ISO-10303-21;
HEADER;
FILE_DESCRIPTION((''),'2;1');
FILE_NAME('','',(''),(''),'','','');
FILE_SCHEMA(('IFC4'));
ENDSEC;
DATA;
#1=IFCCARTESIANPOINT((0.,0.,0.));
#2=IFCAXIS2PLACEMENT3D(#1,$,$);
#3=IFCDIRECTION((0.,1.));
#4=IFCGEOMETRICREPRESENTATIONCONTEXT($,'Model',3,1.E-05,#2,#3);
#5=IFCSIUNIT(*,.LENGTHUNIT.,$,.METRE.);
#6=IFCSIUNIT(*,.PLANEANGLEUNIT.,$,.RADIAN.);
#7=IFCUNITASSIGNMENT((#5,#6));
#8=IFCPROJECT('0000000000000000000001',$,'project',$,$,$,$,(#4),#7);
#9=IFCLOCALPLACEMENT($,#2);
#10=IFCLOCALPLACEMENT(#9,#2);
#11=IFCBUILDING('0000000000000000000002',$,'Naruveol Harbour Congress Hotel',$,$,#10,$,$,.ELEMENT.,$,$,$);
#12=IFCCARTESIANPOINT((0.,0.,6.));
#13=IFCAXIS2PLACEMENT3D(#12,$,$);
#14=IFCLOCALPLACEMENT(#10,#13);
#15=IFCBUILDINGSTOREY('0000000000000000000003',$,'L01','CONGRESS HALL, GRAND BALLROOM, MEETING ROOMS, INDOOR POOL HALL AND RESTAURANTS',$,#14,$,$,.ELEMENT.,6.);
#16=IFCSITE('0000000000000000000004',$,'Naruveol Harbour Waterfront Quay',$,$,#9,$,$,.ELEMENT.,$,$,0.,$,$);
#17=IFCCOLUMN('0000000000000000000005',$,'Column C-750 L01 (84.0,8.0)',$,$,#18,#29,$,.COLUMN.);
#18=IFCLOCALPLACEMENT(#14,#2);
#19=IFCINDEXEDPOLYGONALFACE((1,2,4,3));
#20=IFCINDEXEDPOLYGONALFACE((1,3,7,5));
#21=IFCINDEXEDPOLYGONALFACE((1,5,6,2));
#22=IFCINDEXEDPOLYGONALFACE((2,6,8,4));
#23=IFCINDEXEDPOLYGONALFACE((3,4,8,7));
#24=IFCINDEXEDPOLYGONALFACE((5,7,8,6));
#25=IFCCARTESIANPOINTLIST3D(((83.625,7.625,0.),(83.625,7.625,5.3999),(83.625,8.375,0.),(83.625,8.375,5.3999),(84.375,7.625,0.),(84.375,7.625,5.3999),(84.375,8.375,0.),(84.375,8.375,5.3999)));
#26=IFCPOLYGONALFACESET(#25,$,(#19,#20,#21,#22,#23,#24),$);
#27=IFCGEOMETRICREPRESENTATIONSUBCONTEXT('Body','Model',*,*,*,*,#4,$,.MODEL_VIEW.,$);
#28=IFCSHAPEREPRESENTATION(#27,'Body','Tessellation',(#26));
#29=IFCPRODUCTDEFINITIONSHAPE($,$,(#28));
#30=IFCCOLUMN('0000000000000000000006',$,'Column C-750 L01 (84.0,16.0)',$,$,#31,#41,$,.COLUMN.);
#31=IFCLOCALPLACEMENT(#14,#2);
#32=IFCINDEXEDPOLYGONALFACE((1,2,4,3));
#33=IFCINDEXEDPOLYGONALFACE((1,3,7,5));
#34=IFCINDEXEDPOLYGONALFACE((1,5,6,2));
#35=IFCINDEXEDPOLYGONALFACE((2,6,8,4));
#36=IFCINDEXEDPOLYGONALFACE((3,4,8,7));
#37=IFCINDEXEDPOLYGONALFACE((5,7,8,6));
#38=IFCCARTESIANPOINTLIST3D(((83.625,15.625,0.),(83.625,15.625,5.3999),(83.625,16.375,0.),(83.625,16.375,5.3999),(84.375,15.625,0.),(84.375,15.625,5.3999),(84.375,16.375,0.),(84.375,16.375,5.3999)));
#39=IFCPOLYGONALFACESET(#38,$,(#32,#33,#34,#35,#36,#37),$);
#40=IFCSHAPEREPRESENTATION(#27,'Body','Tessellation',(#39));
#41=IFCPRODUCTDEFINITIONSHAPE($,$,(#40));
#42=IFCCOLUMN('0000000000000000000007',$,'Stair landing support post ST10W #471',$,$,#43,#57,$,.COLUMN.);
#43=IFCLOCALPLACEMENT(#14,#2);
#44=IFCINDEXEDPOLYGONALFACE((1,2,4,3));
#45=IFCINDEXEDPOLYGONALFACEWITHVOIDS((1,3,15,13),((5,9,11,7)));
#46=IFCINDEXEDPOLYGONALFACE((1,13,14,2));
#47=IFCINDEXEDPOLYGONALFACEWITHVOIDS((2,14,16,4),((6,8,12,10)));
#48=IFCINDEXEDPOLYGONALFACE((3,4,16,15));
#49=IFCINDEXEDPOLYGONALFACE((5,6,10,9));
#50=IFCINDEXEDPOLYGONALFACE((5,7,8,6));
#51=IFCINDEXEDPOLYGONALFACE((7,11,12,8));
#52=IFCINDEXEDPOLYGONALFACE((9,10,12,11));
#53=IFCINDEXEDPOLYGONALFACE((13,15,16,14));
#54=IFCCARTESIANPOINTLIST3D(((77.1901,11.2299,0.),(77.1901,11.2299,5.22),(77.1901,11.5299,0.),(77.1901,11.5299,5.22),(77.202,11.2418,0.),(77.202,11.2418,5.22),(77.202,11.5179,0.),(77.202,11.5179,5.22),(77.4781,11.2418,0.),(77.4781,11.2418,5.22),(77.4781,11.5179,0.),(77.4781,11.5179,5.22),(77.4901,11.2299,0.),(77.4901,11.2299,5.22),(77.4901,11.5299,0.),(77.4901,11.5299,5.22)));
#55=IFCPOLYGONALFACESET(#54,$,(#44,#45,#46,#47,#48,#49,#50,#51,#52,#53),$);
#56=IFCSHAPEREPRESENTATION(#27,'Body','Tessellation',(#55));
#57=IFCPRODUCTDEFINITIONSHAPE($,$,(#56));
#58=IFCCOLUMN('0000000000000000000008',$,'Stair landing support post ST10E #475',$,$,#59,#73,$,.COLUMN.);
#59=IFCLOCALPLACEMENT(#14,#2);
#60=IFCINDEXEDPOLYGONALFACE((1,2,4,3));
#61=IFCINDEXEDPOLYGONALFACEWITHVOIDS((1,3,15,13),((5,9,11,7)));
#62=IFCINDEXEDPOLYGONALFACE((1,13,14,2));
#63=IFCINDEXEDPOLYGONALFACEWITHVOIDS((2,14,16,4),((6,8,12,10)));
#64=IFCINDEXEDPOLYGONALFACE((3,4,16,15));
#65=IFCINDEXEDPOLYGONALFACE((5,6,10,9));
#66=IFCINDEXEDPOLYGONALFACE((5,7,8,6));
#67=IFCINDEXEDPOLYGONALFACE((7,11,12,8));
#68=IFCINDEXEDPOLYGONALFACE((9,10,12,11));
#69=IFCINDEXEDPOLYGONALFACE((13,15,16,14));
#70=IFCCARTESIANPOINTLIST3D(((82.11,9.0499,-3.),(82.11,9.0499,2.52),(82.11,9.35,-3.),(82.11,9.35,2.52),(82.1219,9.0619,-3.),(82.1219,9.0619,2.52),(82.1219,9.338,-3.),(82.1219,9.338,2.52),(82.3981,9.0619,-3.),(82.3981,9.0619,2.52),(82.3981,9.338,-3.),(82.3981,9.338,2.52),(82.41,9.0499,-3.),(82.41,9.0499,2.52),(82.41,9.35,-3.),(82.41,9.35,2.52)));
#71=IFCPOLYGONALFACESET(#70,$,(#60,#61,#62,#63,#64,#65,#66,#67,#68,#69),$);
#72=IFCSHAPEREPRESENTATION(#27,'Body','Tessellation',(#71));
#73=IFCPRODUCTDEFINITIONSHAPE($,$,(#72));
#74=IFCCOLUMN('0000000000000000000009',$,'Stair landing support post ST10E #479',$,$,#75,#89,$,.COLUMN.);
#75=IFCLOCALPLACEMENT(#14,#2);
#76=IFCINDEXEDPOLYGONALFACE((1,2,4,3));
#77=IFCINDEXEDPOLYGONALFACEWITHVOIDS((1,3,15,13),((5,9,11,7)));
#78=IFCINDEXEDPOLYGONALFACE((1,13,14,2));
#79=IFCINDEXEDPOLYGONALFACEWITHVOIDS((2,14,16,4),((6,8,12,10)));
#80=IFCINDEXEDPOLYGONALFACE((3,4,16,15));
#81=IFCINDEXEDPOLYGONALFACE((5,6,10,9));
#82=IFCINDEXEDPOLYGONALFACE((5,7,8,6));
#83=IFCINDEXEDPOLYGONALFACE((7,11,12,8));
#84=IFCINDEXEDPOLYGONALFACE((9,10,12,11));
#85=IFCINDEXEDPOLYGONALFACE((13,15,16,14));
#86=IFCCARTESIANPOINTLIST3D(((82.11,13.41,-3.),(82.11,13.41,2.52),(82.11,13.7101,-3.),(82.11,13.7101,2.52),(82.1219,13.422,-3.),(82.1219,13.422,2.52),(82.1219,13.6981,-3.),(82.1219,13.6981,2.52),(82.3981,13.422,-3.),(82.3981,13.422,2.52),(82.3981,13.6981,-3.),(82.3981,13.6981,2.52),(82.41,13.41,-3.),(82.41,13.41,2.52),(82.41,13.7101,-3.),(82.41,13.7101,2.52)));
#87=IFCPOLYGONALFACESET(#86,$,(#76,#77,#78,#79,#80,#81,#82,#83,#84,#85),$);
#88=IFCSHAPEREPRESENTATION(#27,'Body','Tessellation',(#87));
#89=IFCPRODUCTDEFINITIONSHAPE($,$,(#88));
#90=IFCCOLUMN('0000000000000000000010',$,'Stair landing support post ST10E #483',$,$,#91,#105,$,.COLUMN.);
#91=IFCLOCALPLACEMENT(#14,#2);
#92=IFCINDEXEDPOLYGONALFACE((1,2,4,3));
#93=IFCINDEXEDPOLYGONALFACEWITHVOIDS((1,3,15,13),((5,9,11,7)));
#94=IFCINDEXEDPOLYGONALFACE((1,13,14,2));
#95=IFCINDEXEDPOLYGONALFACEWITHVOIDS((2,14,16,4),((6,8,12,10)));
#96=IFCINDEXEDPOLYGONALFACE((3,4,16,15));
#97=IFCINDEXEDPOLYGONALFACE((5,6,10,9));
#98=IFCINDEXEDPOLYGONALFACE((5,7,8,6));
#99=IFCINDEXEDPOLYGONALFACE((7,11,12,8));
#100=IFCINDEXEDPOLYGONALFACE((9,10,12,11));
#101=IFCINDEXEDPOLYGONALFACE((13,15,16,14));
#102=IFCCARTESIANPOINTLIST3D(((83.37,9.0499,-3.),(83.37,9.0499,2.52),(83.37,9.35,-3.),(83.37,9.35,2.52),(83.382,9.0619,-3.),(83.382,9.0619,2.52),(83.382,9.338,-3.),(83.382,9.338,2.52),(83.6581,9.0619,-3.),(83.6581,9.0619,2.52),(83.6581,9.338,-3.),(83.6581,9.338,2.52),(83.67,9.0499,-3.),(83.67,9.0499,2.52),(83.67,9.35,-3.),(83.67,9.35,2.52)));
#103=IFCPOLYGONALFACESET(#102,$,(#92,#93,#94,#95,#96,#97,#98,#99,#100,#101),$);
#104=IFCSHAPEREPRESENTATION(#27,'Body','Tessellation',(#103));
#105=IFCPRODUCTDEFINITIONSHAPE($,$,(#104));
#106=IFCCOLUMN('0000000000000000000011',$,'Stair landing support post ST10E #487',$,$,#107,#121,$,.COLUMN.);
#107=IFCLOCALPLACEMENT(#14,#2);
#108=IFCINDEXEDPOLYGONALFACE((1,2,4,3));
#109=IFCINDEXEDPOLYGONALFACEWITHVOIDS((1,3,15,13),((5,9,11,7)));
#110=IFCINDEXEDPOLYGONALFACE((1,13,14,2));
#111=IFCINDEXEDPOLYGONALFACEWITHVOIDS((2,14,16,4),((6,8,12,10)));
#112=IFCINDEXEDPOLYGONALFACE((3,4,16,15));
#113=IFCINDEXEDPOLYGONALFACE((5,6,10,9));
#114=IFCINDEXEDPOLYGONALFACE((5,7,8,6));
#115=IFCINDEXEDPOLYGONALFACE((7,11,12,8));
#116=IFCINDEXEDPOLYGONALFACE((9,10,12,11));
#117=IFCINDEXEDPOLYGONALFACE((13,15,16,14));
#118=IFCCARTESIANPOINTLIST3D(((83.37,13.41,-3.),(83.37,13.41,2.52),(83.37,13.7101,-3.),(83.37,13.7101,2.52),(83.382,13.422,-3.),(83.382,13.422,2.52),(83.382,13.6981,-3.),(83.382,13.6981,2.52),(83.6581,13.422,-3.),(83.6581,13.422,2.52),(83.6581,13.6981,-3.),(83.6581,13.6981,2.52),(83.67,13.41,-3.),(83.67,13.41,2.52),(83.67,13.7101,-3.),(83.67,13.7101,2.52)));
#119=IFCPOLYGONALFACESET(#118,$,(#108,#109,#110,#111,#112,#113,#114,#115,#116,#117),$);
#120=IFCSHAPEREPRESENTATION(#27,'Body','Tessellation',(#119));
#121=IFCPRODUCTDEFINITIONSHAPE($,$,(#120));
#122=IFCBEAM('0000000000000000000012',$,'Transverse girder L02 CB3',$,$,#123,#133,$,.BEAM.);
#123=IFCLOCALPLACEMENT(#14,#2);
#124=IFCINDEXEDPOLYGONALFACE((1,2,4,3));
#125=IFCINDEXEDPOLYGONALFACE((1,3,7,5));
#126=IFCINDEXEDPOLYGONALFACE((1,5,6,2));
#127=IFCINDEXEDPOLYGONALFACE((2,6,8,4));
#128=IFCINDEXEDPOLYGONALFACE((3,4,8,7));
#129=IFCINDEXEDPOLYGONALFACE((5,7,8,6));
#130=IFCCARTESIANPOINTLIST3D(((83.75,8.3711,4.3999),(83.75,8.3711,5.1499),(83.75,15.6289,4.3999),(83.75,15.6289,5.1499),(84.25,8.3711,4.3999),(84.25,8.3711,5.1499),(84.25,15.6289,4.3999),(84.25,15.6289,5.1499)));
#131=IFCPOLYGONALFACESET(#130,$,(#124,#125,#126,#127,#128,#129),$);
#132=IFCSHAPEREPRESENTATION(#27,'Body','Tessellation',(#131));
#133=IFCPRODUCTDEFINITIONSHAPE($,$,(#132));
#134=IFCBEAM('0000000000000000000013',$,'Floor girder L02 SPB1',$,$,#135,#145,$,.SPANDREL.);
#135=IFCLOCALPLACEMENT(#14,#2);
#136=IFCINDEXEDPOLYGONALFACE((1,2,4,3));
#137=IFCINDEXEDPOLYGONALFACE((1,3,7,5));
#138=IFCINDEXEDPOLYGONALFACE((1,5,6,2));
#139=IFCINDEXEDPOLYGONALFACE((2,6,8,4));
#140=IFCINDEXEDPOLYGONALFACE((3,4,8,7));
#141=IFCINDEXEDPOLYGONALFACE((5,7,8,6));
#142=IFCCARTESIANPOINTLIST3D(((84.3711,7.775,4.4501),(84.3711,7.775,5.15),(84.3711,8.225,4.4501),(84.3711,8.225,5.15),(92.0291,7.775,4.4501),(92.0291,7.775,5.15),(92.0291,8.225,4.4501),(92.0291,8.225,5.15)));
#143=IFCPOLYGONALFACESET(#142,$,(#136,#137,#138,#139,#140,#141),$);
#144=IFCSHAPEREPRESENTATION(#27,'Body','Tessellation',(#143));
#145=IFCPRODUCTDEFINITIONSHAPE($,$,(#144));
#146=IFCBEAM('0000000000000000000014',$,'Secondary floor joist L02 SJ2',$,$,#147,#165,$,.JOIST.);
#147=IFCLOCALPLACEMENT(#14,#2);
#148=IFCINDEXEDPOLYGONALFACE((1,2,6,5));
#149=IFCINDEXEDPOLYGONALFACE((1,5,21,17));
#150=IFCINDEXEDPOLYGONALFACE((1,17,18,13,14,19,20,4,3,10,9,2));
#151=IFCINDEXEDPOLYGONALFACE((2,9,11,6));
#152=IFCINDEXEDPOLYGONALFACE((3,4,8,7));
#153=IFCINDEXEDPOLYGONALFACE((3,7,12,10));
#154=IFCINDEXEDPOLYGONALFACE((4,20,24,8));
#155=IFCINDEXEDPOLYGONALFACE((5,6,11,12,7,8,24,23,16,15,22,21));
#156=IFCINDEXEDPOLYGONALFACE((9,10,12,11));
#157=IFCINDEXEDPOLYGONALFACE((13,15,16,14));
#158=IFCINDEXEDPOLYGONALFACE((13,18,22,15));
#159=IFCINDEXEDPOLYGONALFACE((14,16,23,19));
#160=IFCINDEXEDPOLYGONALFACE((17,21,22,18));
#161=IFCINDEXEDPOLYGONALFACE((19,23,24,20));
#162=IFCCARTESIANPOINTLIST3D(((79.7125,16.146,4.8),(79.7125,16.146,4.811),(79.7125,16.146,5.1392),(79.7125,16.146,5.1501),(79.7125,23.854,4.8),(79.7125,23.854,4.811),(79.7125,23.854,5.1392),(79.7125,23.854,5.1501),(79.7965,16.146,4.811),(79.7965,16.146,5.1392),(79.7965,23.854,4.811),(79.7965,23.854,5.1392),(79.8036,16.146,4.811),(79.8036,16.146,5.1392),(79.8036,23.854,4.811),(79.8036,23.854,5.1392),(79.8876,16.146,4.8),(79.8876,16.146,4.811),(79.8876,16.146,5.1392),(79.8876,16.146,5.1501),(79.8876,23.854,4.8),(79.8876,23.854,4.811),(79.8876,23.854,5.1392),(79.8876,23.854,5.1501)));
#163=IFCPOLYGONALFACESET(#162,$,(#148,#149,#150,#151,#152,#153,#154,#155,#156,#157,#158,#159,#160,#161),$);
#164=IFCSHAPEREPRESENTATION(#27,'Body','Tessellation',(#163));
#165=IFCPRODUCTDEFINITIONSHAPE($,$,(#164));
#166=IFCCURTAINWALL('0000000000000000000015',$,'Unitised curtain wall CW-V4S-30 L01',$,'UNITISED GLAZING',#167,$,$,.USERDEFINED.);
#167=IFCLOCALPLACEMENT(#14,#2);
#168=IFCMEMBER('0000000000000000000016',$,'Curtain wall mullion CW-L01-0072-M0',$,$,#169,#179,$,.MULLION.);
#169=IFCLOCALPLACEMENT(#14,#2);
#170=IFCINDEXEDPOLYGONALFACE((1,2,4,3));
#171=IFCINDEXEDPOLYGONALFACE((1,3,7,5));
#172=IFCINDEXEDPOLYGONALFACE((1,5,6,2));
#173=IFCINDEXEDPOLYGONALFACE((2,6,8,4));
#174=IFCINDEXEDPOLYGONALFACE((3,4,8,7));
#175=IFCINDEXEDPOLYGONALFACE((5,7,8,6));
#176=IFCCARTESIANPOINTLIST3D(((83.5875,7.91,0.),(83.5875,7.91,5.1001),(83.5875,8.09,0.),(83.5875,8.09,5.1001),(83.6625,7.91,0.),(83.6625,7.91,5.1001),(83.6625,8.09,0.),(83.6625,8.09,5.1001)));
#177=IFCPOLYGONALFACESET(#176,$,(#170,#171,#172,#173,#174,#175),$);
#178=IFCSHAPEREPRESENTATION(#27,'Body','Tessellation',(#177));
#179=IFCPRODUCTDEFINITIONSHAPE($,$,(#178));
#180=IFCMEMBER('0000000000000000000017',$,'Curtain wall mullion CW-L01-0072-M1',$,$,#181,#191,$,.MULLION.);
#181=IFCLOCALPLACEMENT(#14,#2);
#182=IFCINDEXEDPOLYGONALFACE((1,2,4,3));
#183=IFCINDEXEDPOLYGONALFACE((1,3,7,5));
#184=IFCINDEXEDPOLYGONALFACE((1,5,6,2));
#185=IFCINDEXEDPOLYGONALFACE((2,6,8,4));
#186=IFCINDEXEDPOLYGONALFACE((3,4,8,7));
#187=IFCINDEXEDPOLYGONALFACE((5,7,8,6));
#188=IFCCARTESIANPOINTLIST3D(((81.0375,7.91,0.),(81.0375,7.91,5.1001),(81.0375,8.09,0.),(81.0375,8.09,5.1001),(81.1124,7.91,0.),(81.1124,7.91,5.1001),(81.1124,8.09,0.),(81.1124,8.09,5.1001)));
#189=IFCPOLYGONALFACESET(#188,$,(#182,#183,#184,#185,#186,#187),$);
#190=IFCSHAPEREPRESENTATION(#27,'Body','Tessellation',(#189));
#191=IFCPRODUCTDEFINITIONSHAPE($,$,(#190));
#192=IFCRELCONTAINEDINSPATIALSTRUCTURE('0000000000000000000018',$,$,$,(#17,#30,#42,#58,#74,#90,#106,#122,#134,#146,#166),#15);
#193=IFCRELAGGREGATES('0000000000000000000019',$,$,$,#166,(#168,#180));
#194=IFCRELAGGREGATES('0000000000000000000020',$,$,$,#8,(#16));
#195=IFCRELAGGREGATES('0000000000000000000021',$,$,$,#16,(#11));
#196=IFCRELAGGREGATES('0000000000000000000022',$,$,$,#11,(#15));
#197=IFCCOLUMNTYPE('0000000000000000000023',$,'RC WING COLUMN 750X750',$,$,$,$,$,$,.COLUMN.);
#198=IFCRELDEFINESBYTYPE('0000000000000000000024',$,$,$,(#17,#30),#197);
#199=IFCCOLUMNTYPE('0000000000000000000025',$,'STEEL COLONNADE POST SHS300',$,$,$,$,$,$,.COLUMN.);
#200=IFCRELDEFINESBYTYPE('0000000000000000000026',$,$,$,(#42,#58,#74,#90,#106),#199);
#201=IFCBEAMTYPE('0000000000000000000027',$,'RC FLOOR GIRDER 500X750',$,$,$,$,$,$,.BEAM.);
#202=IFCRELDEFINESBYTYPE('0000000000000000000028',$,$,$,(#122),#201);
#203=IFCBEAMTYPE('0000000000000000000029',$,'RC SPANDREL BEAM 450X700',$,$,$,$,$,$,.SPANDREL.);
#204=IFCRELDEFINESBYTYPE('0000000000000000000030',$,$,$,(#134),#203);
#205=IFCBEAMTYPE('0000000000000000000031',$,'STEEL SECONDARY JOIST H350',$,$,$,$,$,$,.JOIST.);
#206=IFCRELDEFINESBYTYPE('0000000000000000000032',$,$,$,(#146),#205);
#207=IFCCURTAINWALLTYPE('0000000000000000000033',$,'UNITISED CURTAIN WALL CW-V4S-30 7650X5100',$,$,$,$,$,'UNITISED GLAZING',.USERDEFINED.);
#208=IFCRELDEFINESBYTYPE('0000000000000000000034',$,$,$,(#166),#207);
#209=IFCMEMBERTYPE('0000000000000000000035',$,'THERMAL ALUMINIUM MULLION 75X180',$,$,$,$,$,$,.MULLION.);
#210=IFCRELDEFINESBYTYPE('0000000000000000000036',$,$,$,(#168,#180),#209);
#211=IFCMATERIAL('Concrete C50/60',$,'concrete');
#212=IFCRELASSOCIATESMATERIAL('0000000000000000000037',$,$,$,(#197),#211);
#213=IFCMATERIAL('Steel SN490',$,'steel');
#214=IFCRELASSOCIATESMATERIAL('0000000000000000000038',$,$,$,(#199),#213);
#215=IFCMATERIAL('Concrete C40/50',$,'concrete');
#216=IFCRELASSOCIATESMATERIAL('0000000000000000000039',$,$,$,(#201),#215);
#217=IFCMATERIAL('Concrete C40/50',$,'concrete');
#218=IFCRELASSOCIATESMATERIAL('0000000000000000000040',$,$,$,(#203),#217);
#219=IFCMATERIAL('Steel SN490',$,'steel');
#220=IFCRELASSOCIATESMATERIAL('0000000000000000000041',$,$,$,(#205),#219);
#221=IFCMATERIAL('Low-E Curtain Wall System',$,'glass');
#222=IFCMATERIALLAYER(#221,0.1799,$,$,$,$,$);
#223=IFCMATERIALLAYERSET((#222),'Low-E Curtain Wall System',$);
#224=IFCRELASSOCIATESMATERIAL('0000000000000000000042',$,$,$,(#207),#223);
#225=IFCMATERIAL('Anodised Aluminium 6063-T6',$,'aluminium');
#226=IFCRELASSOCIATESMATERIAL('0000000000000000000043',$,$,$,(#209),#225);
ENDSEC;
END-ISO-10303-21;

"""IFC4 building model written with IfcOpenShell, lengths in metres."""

from ifc_helpers import new_model, si_unit, direction, frame, origin, origin_2d, place, context, subcontext, project, spatial, rectangle, hollow_rectangle, i_section, extrude, material, layer, layer_set, material_profile, profile_set, type_object, element, aggregate, save


model = new_model("IFC4")

# Units and contexts
model_context = context("Model", 3, precision=1e-05, world=origin(), true_north=direction((0.0, 1.0)))
body_context = subcontext(model_context, "Body", "Model", "MODEL_VIEW")
ifc_project = project(units=[si_unit("LENGTHUNIT", "METRE"), si_unit("PLANEANGLEUNIT", "RADIAN")], contexts=[model_context])

# Site, building, storey
site_placement = place(None, origin())
site = spatial("IfcSite", under=ifc_project, at=site_placement, Name="Naruveol Harbour Waterfront Quay", CompositionType="ELEMENT", RefElevation=0.0)
building_placement = place(site_placement, origin())
building = spatial("IfcBuilding", under=site, at=building_placement, Name="Naruveol Harbour Congress Hotel", CompositionType="ELEMENT")
storey_placement = place(building_placement, frame((0.0, 0.0, 6.0)))
storey = spatial("IfcBuildingStorey", under=building, at=storey_placement, Name="L01", Description="CONGRESS HALL, GRAND BALLROOM, MEETING ROOMS, INDOOR POOL HALL AND RESTAURANTS", CompositionType="ELEMENT", Elevation=6.0)

# Columns
ifc_material_1 = material(Name="Concrete C50/60", Category="concrete")
ifc_material_profile_1 = material_profile(ifc_material_1, rectangle(XDim=0.75, YDim=0.75, at=origin_2d()), Name="RC-750x750")
ifc_profile_set_1 = profile_set([ifc_material_profile_1], Name="Concrete C50/60")
column_type_1 = type_object("IfcColumnType", Name="RC WING COLUMN 750X750", PredefinedType="COLUMN", material=ifc_profile_set_1)
for number, where, z_axis, x_axis, name in (
    (1, (84.0, 8.0, 0.0), (0.0, 0.0, 1.0), (1.0, 0.0, 0.0), "Column C-750 L01 (84.0,8.0)"),
    (2, (84.0, 16.0, 0.0), (0.0, 0.0, 1.0), (1.0, 0.0, 0.0), "Column C-750 L01 (84.0,16.0)"),
):
    element("IfcColumn", number, at=place(storey_placement, frame(where, z_axis=z_axis, x_axis=x_axis)), inside=storey, type_object=column_type_1, Name=name, PredefinedType="COLUMN", context=body_context, shape_type="SweptSolid", body=[
        extrude(rectangle(XDim=0.75, YDim=0.75, at=origin_2d()), origin(), (0.0, 0.0, 1.0), 5.3999),
    ])
ifc_material_2 = material(Name="Steel SN490", Category="steel")
ifc_material_profile_2 = material_profile(ifc_material_2, hollow_rectangle(XDim=0.3, YDim=0.3, WallThickness=0.012, at=origin_2d()), Name="SHS-300x300x12")
ifc_profile_set_2 = profile_set([ifc_material_profile_2], Name="Steel SN490")
column_type_2 = type_object("IfcColumnType", Name="STEEL COLONNADE POST SHS300", PredefinedType="COLUMN", material=ifc_profile_set_2)
column_placement = place(storey_placement, frame((77.3401, 11.3799, 0.0), z_axis=(0.0, 0.0, 1.0), x_axis=(1.0, 0.0, 0.0)))
element("IfcColumn", 3, at=column_placement, inside=storey, type_object=column_type_2, Name="Stair landing support post ST10W #471", PredefinedType="COLUMN", context=body_context, shape_type="SweptSolid", body=[
    extrude(hollow_rectangle(XDim=0.3, YDim=0.3, WallThickness=0.012, at=origin_2d()), origin(), (0.0, 0.0, 1.0), 5.22),
])
for number, where, z_axis, x_axis, name in (
    (4, (82.26, 9.2, -3.0), (0.0, 0.0, 1.0), (1.0, 0.0, 0.0), "Stair landing support post ST10E #475"),
    (5, (82.26, 13.5601, -3.0), (0.0, 0.0, 1.0), (1.0, 0.0, 0.0), "Stair landing support post ST10E #479"),
    (6, (83.52, 9.2, -3.0), (0.0, 0.0, 1.0), (1.0, 0.0, 0.0), "Stair landing support post ST10E #483"),
    (7, (83.52, 13.5601, -3.0), (0.0, 0.0, 1.0), (1.0, 0.0, 0.0), "Stair landing support post ST10E #487"),
):
    element("IfcColumn", number, at=place(storey_placement, frame(where, z_axis=z_axis, x_axis=x_axis)), inside=storey, type_object=column_type_2, Name=name, PredefinedType="COLUMN", context=body_context, shape_type="SweptSolid", body=[
        extrude(hollow_rectangle(XDim=0.3, YDim=0.3, WallThickness=0.012, at=origin_2d()), origin(), (0.0, 0.0, 1.0), 5.52),
    ])

# Beams
ifc_material_3 = material(Name="Concrete C40/50", Category="concrete")
ifc_material_profile_3 = material_profile(ifc_material_3, rectangle(XDim=0.5, YDim=0.75, at=origin_2d()), Name="RCB-500x750")
ifc_profile_set_3 = profile_set([ifc_material_profile_3], Name="Concrete C40/50")
beam_type_1 = type_object("IfcBeamType", Name="RC FLOOR GIRDER 500X750", PredefinedType="BEAM", material=ifc_profile_set_3)
beam_1_placement = place(storey_placement, frame((84.0, 8.3711, 4.7749), z_axis=(0.0, 1.0, 0.0), x_axis=(-1.0, 0.0, 0.0)))
element("IfcBeam", 8, at=beam_1_placement, inside=storey, type_object=beam_type_1, Name="Transverse girder L02 CB3", PredefinedType="BEAM", context=body_context, shape_type="SweptSolid", body=[
    extrude(rectangle(XDim=0.5, YDim=0.75, at=origin_2d()), origin(), (0.0, 0.0, 1.0), 7.2578),
])
ifc_material_4 = material(Name="Concrete C40/50", Category="concrete")
ifc_material_profile_4 = material_profile(ifc_material_4, rectangle(XDim=0.45, YDim=0.7, at=origin_2d()), Name="RCB-450x700")
ifc_profile_set_4 = profile_set([ifc_material_profile_4], Name="Concrete C40/50")
beam_type_2 = type_object("IfcBeamType", Name="RC SPANDREL BEAM 450X700", PredefinedType="SPANDREL", material=ifc_profile_set_4)
beam_2_placement = place(storey_placement, frame((84.3711, 8.0, 4.8), z_axis=(1.0, 0.0, 0.0), x_axis=(0.0, 1.0, 0.0)))
element("IfcBeam", 9, at=beam_2_placement, inside=storey, type_object=beam_type_2, Name="Floor girder L02 SPB1", PredefinedType="SPANDREL", context=body_context, shape_type="SweptSolid", body=[
    extrude(rectangle(XDim=0.45, YDim=0.7, at=origin_2d()), origin(), (0.0, 0.0, 1.0), 7.658),
])
ifc_material_5 = material(Name="Steel SN490", Category="steel")
ifc_material_profile_5 = material_profile(ifc_material_5, i_section(OverallWidth=0.175, OverallDepth=0.3501, WebThickness=0.0071, FlangeThickness=0.011, at=origin_2d()), Name="H-350x175x7x11")
ifc_profile_set_5 = profile_set([ifc_material_profile_5], Name="Steel SN490")
beam_type_3 = type_object("IfcBeamType", Name="STEEL SECONDARY JOIST H350", PredefinedType="JOIST", material=ifc_profile_set_5)
beam_3_placement = place(storey_placement, frame((79.8, 16.146, 4.9751), z_axis=(0.0, 1.0, 0.0), x_axis=(-1.0, 0.0, 0.0)))
element("IfcBeam", 10, at=beam_3_placement, inside=storey, type_object=beam_type_3, Name="Secondary floor joist L02 SJ2", PredefinedType="JOIST", context=body_context, shape_type="SweptSolid", body=[
    extrude(i_section(OverallWidth=0.175, OverallDepth=0.3501, WebThickness=0.0071, FlangeThickness=0.011, at=origin_2d()), origin(), (0.0, 0.0, 1.0), 7.708),
])

# Curtain wall, members
ifc_material_6 = material(Name="Low-E Curtain Wall System", Category="glass")
ifc_layer_1 = layer(ifc_material_6, 0.1799)
ifc_layer_set_1 = layer_set([ifc_layer_1], Name="Low-E Curtain Wall System")
curtain_wall_type = type_object("IfcCurtainWallType", Name="UNITISED CURTAIN WALL CW-V4S-30 7650X5100", ElementType="UNITISED GLAZING", PredefinedType="USERDEFINED", material=ifc_layer_set_1)
curtain_wall_placement = place(storey_placement, origin())
curtain_wall = element("IfcCurtainWall", 11, at=curtain_wall_placement, inside=storey, type_object=curtain_wall_type, Name="Unitised curtain wall CW-V4S-30 L01", ObjectType="UNITISED GLAZING", PredefinedType="USERDEFINED")
ifc_material_7 = material(Name="Anodised Aluminium 6063-T6", Category="aluminium")
ifc_material_profile_6 = material_profile(ifc_material_7, rectangle(XDim=0.075, YDim=0.1799, at=origin_2d()), Name="ALU-75x180")
ifc_profile_set_6 = profile_set([ifc_material_profile_6], Name="Anodised Aluminium 6063-T6")
member_type_1 = type_object("IfcMemberType", Name="THERMAL ALUMINIUM MULLION 75X180", PredefinedType="MULLION", material=ifc_profile_set_6)
member_1_placement = place(storey_placement, frame((83.625, 8.0, 0.0), z_axis=(0.0, 0.0, 1.0), x_axis=(1.0, 0.0, 0.0)))
member_1 = element("IfcMember", 12, at=member_1_placement, type_object=member_type_1, Name="Curtain wall mullion CW-L01-0072-M0", PredefinedType="MULLION", context=body_context, shape_type="SweptSolid", body=[
    extrude(rectangle(XDim=0.075, YDim=0.1799, at=origin_2d()), origin(), (0.0, 0.0, 1.0), 5.1001),
])
member_2_placement = place(storey_placement, frame((81.075, 8.0, 0.0), z_axis=(0.0, 0.0, 1.0), x_axis=(1.0, 0.0, 0.0)))
member_2 = element("IfcMember", 13, at=member_2_placement, type_object=member_type_1, Name="Curtain wall mullion CW-L01-0072-M1", PredefinedType="MULLION", context=body_context, shape_type="SweptSolid", body=[
    extrude(rectangle(XDim=0.075, YDim=0.1799, at=origin_2d()), origin(), (0.0, 0.0, 1.0), 5.1001),
])
aggregate(curtain_wall, [member_1, member_2])

save(model, "model.ifc")
